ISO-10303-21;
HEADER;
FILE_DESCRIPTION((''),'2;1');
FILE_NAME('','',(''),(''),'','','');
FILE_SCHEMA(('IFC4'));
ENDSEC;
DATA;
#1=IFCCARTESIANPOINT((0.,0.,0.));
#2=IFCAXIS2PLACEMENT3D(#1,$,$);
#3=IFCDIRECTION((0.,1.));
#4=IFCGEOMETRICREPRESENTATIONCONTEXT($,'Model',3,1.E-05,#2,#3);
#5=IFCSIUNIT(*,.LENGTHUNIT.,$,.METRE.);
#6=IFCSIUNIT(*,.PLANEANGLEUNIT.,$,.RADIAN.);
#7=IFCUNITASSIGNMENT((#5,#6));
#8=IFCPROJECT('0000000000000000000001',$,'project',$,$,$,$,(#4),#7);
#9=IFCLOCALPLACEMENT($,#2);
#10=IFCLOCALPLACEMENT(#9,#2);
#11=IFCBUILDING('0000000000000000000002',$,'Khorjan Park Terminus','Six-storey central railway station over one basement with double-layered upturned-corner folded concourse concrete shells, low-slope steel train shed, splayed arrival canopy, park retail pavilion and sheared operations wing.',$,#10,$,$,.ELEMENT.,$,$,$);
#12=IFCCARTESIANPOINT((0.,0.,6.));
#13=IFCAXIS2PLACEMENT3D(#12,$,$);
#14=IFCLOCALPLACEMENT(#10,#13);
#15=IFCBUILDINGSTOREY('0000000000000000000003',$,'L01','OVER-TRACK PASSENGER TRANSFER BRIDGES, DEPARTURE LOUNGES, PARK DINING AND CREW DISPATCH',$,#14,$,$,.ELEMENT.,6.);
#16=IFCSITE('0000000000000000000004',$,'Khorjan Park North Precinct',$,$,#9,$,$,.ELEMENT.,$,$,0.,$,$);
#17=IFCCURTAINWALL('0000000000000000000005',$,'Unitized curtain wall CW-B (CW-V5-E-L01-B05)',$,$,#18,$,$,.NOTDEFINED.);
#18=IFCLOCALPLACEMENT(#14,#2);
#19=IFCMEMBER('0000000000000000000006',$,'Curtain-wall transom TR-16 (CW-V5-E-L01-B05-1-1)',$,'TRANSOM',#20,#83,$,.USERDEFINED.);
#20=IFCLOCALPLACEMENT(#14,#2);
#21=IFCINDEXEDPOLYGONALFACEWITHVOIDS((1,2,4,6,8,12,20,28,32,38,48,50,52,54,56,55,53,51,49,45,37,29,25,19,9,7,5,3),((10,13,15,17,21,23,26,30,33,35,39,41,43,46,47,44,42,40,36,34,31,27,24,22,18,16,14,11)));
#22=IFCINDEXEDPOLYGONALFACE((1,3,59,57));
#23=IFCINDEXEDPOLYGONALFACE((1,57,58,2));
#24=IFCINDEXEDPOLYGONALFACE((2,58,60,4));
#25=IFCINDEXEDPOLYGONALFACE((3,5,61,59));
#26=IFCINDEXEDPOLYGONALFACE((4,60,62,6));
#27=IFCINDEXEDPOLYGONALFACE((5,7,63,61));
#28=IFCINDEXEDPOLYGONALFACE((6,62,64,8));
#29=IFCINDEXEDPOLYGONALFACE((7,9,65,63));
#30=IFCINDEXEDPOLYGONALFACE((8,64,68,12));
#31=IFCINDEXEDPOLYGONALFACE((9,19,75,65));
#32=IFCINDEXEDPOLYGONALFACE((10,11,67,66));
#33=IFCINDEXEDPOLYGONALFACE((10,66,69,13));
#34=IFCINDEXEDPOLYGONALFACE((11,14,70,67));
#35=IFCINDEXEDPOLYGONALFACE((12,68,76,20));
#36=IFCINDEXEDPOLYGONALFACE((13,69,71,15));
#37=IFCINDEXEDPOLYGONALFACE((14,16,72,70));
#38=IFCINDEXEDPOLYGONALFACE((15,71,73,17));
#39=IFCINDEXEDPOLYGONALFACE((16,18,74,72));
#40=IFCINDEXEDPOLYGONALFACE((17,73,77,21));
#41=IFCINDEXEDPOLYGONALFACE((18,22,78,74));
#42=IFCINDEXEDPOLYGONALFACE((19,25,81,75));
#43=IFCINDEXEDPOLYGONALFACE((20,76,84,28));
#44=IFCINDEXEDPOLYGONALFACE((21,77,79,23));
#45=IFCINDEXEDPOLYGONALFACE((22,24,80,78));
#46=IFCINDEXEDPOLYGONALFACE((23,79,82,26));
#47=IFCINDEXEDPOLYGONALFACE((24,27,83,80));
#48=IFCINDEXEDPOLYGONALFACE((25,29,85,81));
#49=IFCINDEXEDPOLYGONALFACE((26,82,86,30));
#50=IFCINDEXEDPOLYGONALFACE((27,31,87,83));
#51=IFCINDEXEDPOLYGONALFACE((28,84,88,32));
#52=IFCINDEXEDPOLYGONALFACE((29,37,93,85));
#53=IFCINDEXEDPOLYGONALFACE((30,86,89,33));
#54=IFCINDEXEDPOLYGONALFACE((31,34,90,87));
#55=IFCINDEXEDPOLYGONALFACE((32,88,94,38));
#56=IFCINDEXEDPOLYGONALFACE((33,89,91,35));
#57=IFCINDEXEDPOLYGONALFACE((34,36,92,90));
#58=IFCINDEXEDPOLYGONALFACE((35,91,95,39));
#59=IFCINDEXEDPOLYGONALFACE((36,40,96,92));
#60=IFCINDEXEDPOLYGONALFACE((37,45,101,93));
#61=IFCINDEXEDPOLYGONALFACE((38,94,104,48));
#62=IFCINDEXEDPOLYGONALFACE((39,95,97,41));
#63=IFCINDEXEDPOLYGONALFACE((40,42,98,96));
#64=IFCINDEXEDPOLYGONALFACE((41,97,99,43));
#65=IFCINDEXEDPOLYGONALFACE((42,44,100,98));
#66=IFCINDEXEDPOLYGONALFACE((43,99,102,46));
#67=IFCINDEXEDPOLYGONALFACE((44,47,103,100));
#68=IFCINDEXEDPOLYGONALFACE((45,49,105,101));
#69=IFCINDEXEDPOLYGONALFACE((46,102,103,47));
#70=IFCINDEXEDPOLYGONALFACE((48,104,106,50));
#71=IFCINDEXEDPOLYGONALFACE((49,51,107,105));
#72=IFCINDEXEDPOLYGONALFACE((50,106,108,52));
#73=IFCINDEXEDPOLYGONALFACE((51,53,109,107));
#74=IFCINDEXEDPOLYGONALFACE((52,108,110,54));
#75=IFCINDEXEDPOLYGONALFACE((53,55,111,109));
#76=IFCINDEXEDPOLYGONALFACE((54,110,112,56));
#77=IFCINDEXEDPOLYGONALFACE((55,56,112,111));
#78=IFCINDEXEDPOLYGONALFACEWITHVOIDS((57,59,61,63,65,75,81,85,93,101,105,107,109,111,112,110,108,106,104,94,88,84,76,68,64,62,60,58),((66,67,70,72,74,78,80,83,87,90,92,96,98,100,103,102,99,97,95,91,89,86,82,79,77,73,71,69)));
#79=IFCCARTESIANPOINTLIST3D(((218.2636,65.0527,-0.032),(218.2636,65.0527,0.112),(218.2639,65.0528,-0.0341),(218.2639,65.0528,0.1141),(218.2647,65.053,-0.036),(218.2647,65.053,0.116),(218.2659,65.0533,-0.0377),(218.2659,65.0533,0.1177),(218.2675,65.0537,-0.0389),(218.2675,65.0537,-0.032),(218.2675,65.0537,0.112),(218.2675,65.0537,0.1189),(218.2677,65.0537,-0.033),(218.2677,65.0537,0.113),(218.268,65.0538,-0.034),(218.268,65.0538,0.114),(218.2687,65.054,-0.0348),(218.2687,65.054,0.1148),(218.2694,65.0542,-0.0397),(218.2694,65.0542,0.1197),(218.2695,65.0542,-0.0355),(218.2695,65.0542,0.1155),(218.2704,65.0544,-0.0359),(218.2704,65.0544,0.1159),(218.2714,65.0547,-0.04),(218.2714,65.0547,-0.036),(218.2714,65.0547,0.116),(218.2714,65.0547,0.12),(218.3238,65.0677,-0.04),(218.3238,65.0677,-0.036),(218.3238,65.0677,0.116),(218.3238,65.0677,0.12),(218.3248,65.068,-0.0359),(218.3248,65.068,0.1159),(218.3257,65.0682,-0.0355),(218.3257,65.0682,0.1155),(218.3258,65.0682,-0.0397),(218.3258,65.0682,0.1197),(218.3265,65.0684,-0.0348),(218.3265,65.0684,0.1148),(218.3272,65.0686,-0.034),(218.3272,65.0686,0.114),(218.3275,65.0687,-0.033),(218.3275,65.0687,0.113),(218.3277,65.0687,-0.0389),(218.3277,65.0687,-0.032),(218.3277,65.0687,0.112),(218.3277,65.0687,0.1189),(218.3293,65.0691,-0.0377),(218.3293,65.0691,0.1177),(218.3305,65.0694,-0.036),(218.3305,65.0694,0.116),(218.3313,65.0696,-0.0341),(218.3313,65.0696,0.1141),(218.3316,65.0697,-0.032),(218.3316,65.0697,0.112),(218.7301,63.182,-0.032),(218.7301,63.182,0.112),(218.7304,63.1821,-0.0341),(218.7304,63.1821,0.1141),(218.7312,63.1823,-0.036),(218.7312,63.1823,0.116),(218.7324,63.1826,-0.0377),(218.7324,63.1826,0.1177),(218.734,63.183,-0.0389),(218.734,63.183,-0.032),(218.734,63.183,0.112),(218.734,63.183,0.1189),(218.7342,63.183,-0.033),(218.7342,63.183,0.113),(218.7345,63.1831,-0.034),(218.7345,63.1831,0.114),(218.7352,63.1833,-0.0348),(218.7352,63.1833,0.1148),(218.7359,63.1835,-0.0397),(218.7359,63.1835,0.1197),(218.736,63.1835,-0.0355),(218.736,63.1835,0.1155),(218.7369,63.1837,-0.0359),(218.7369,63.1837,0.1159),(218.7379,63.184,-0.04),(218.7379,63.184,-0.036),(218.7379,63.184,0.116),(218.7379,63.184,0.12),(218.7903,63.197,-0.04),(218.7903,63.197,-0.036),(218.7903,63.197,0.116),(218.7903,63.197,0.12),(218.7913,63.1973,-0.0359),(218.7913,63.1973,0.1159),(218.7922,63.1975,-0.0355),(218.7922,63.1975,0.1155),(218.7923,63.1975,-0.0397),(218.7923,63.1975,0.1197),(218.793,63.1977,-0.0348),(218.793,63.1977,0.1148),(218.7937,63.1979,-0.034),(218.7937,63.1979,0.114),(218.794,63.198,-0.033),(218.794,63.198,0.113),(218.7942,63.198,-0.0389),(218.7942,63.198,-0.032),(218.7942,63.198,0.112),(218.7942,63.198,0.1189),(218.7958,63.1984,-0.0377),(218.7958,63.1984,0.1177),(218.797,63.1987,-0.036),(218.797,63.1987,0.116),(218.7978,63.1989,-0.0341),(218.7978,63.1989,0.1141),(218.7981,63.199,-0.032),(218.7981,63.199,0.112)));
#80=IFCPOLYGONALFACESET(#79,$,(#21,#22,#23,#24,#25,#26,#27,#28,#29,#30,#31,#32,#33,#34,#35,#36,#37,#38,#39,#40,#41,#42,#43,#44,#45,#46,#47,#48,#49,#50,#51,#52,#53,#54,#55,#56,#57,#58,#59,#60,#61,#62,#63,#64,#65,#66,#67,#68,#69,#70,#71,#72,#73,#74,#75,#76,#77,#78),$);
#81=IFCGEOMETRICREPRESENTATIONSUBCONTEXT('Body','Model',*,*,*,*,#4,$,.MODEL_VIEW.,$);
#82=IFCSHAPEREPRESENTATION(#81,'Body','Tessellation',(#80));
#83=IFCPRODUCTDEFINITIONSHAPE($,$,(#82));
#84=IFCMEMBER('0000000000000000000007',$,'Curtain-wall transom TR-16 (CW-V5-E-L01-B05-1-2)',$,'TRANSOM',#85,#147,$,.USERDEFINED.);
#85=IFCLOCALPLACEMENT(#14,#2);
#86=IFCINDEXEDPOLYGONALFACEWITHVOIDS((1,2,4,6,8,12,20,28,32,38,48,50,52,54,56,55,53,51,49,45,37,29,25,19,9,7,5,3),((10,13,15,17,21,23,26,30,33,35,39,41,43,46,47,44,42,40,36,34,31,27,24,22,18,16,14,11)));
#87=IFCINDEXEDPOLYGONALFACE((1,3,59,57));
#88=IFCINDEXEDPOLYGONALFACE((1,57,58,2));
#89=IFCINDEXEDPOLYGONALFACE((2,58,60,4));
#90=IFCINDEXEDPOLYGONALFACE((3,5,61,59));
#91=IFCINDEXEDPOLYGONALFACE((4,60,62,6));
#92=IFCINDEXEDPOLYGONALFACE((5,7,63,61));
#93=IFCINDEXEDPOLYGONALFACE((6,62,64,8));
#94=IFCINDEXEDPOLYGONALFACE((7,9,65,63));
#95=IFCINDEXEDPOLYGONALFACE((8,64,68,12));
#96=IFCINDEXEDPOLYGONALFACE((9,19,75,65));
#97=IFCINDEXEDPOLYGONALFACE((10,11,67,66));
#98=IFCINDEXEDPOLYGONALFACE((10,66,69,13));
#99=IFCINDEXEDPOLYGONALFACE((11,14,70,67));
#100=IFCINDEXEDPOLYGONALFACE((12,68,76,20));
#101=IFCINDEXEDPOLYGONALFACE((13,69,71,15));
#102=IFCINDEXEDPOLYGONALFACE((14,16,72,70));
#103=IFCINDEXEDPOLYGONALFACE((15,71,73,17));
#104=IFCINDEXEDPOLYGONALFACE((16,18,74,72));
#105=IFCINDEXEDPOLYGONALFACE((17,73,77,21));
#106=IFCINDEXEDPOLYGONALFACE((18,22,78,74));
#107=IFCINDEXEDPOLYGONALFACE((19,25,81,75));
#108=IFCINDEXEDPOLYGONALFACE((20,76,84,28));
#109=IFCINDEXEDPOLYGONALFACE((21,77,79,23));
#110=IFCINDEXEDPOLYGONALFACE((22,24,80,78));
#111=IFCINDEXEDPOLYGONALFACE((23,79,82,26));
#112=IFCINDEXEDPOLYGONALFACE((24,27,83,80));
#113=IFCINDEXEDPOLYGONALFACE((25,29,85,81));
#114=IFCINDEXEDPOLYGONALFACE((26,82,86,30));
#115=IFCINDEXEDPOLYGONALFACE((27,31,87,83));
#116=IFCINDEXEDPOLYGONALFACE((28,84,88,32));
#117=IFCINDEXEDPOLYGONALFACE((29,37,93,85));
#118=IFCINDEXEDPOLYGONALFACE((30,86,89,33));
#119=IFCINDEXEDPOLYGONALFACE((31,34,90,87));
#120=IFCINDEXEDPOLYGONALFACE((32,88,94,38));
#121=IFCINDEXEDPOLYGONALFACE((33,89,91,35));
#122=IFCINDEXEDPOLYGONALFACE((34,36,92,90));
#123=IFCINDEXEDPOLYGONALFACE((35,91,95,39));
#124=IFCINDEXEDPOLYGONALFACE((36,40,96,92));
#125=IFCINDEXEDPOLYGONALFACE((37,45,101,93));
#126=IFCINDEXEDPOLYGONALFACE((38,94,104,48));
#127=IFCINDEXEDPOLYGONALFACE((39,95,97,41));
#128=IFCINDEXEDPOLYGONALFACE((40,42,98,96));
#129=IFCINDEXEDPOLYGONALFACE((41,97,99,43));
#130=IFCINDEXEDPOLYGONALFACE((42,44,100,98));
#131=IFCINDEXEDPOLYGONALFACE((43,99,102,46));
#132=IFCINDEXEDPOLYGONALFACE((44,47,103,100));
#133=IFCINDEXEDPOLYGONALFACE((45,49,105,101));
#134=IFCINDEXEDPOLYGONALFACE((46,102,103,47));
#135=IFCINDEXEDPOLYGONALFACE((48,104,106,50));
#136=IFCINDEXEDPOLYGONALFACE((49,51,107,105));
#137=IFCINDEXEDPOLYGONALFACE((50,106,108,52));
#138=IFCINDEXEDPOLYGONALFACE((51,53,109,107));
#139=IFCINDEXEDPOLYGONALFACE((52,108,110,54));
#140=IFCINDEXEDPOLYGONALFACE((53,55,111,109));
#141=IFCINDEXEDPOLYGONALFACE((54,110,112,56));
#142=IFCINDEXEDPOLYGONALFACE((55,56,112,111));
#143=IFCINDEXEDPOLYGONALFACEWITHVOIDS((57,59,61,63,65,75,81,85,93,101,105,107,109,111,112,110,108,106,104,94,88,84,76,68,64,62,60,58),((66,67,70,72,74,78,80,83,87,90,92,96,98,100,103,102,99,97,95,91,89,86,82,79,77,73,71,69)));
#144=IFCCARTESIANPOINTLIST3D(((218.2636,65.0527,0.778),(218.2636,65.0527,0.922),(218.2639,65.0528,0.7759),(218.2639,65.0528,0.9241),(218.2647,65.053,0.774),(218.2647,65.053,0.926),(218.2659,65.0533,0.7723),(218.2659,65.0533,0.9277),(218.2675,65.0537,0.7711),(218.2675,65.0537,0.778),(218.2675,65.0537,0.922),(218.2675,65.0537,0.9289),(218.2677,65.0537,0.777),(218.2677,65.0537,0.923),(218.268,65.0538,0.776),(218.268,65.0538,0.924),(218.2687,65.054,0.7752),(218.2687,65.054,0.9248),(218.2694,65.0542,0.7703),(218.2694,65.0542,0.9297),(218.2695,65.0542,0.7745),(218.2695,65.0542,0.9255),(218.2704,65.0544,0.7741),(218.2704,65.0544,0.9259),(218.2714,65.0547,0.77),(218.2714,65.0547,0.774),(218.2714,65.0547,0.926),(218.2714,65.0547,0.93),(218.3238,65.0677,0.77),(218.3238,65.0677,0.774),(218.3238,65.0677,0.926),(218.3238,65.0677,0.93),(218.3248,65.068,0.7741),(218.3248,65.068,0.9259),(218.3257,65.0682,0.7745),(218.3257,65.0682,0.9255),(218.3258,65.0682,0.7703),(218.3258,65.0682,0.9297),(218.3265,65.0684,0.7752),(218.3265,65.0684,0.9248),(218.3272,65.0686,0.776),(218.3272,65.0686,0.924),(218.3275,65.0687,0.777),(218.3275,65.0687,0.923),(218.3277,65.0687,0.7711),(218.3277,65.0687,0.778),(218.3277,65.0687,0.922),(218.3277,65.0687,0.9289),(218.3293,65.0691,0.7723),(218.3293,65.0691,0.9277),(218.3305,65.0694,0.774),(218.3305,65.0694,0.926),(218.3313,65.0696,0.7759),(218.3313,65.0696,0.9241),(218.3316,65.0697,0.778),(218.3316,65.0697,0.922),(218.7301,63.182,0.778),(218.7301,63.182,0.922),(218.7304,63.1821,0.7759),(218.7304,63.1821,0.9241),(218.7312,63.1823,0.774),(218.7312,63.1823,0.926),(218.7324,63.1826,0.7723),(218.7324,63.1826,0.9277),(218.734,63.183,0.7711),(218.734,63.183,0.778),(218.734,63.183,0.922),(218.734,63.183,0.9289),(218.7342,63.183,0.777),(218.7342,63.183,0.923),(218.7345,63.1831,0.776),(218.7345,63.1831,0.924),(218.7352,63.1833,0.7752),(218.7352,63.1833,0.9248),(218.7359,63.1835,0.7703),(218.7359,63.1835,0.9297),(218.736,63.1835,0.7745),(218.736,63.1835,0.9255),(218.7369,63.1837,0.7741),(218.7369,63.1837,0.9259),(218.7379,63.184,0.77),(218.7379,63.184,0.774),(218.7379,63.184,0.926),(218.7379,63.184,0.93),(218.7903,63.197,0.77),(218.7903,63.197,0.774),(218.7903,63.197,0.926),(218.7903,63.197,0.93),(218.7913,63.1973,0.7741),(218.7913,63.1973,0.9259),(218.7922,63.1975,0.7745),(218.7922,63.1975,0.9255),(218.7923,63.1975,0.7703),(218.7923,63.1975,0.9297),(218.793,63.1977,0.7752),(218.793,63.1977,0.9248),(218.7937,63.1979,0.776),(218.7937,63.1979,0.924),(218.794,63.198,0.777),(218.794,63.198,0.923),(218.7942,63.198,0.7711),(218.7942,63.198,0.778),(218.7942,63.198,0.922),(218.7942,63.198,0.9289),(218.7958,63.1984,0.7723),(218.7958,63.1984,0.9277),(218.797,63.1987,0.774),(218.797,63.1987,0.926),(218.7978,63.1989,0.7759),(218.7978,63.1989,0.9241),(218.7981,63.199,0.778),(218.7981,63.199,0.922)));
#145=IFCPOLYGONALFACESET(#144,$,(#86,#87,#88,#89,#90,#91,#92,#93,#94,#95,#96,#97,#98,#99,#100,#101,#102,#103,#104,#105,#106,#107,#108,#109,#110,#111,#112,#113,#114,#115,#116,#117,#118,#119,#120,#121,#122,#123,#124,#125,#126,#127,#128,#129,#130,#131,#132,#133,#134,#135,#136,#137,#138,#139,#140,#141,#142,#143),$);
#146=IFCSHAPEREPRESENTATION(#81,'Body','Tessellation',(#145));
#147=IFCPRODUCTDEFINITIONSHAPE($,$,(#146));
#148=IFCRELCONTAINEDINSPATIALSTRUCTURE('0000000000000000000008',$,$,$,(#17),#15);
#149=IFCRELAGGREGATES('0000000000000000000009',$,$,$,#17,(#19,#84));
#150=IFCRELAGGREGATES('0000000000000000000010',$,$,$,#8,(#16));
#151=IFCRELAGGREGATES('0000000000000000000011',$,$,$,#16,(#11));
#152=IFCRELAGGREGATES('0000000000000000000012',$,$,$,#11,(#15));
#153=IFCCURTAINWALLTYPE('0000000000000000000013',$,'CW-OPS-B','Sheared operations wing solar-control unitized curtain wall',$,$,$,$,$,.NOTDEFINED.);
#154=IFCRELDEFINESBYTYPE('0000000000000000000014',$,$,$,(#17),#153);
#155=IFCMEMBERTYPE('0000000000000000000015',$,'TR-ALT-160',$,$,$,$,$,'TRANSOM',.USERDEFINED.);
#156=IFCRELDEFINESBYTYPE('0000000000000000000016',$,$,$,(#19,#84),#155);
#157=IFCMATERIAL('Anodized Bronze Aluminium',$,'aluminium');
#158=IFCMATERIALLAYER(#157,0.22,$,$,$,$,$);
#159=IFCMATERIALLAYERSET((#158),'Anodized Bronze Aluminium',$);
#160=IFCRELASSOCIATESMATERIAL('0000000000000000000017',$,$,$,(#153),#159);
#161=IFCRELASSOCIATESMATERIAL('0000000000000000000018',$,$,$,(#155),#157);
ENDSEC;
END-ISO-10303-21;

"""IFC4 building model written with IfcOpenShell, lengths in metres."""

from ifc_helpers import new_model, si_unit, direction, frame, origin, origin_2d, place, context, subcontext, project, spatial, hollow_rectangle, extrude, material, layer, layer_set, material_profile, profile_set, type_object, element, aggregate, save


model = new_model("IFC4")

# Units and contexts
model_context = context("Model", 3, precision=1e-05, world=origin(), true_north=direction((0.0, 1.0)))
body_context = subcontext(model_context, "Body", "Model", "MODEL_VIEW")
ifc_project = project(units=[si_unit("LENGTHUNIT", "METRE"), si_unit("PLANEANGLEUNIT", "RADIAN")], contexts=[model_context])

# Site, building, storey
site_placement = place(None, origin())
site = spatial("IfcSite", under=ifc_project, at=site_placement, Name="Khorjan Park North Precinct", CompositionType="ELEMENT", RefElevation=0.0)
building_placement = place(site_placement, origin())
building = spatial("IfcBuilding", under=site, at=building_placement, Name="Khorjan Park Terminus", Description="Six-storey central railway station over one basement with double-layered upturned-corner folded concourse concrete shells, low-slope steel train shed, splayed arrival canopy, park retail pavilion and sheared operations wing.", CompositionType="ELEMENT")
storey_placement = place(building_placement, frame((0.0, 0.0, 6.0)))
storey = spatial("IfcBuildingStorey", under=building, at=storey_placement, Name="L01", Description="OVER-TRACK PASSENGER TRANSFER BRIDGES, DEPARTURE LOUNGES, PARK DINING AND CREW DISPATCH", CompositionType="ELEMENT", Elevation=6.0)

# Curtain wall, members
ifc_material_1 = material(Name="Anodized Bronze Aluminium", Category="aluminium")
ifc_layer_1 = layer(ifc_material_1, 0.22)
ifc_layer_set_1 = layer_set([ifc_layer_1], Name="Anodized Bronze Aluminium")
curtain_wall_type = type_object("IfcCurtainWallType", Name="CW-OPS-B", Description="Sheared operations wing solar-control unitized curtain wall", PredefinedType="NOTDEFINED", material=ifc_layer_set_1)
curtain_wall_placement = place(storey_placement, origin())
curtain_wall = element("IfcCurtainWall", 1, at=curtain_wall_placement, inside=storey, type_object=curtain_wall_type, Name="Unitized curtain wall CW-B (CW-V5-E-L01-B05)", PredefinedType="NOTDEFINED")
ifc_material_profile_1 = material_profile(ifc_material_1, hollow_rectangle(XDim=0.07, YDim=0.16, WallThickness=0.004, InnerFilletRadius=0.004, OuterFilletRadius=0.008, at=origin_2d()), Name="ALT 70x160x4")
ifc_profile_set_1 = profile_set([ifc_material_profile_1], Name="Anodized Bronze Aluminium")
member_type_1 = type_object("IfcMemberType", Name="TR-ALT-160", ElementType="TRANSOM", PredefinedType="USERDEFINED", material=ifc_profile_set_1)
member_1_placement = place(storey_placement, frame((218.7641, 63.1905, 0.04), z_axis=(-0.241962, 0.970286, 0.0), x_axis=(-0.970286, -0.241962, 0.0)))
member_1 = element("IfcMember", 2, at=member_1_placement, type_object=member_type_1, Name="Curtain-wall transom TR-16 (CW-V5-E-L01-B05-1-1)", ObjectType="TRANSOM", PredefinedType="USERDEFINED", context=body_context, shape_type="SweptSolid", body=[
    extrude(hollow_rectangle(XDim=0.07, YDim=0.16, WallThickness=0.004, InnerFilletRadius=0.004, OuterFilletRadius=0.008, at=origin_2d()), origin(), (0.0, 0.0, 1.0), 1.928),
])
member_2_placement = place(storey_placement, frame((218.7641, 63.1905, 0.85), z_axis=(-0.241962, 0.970286, 0.0), x_axis=(-0.970286, -0.241962, 0.0)))
member_2 = element("IfcMember", 3, at=member_2_placement, type_object=member_type_1, Name="Curtain-wall transom TR-16 (CW-V5-E-L01-B05-1-2)", ObjectType="TRANSOM", PredefinedType="USERDEFINED", context=body_context, shape_type="SweptSolid", body=[
    extrude(hollow_rectangle(XDim=0.07, YDim=0.16, WallThickness=0.004, InnerFilletRadius=0.004, OuterFilletRadius=0.008, at=origin_2d()), origin(), (0.0, 0.0, 1.0), 1.928),
])
aggregate(curtain_wall, [member_1, member_2])

save(model, "model.ifc")
